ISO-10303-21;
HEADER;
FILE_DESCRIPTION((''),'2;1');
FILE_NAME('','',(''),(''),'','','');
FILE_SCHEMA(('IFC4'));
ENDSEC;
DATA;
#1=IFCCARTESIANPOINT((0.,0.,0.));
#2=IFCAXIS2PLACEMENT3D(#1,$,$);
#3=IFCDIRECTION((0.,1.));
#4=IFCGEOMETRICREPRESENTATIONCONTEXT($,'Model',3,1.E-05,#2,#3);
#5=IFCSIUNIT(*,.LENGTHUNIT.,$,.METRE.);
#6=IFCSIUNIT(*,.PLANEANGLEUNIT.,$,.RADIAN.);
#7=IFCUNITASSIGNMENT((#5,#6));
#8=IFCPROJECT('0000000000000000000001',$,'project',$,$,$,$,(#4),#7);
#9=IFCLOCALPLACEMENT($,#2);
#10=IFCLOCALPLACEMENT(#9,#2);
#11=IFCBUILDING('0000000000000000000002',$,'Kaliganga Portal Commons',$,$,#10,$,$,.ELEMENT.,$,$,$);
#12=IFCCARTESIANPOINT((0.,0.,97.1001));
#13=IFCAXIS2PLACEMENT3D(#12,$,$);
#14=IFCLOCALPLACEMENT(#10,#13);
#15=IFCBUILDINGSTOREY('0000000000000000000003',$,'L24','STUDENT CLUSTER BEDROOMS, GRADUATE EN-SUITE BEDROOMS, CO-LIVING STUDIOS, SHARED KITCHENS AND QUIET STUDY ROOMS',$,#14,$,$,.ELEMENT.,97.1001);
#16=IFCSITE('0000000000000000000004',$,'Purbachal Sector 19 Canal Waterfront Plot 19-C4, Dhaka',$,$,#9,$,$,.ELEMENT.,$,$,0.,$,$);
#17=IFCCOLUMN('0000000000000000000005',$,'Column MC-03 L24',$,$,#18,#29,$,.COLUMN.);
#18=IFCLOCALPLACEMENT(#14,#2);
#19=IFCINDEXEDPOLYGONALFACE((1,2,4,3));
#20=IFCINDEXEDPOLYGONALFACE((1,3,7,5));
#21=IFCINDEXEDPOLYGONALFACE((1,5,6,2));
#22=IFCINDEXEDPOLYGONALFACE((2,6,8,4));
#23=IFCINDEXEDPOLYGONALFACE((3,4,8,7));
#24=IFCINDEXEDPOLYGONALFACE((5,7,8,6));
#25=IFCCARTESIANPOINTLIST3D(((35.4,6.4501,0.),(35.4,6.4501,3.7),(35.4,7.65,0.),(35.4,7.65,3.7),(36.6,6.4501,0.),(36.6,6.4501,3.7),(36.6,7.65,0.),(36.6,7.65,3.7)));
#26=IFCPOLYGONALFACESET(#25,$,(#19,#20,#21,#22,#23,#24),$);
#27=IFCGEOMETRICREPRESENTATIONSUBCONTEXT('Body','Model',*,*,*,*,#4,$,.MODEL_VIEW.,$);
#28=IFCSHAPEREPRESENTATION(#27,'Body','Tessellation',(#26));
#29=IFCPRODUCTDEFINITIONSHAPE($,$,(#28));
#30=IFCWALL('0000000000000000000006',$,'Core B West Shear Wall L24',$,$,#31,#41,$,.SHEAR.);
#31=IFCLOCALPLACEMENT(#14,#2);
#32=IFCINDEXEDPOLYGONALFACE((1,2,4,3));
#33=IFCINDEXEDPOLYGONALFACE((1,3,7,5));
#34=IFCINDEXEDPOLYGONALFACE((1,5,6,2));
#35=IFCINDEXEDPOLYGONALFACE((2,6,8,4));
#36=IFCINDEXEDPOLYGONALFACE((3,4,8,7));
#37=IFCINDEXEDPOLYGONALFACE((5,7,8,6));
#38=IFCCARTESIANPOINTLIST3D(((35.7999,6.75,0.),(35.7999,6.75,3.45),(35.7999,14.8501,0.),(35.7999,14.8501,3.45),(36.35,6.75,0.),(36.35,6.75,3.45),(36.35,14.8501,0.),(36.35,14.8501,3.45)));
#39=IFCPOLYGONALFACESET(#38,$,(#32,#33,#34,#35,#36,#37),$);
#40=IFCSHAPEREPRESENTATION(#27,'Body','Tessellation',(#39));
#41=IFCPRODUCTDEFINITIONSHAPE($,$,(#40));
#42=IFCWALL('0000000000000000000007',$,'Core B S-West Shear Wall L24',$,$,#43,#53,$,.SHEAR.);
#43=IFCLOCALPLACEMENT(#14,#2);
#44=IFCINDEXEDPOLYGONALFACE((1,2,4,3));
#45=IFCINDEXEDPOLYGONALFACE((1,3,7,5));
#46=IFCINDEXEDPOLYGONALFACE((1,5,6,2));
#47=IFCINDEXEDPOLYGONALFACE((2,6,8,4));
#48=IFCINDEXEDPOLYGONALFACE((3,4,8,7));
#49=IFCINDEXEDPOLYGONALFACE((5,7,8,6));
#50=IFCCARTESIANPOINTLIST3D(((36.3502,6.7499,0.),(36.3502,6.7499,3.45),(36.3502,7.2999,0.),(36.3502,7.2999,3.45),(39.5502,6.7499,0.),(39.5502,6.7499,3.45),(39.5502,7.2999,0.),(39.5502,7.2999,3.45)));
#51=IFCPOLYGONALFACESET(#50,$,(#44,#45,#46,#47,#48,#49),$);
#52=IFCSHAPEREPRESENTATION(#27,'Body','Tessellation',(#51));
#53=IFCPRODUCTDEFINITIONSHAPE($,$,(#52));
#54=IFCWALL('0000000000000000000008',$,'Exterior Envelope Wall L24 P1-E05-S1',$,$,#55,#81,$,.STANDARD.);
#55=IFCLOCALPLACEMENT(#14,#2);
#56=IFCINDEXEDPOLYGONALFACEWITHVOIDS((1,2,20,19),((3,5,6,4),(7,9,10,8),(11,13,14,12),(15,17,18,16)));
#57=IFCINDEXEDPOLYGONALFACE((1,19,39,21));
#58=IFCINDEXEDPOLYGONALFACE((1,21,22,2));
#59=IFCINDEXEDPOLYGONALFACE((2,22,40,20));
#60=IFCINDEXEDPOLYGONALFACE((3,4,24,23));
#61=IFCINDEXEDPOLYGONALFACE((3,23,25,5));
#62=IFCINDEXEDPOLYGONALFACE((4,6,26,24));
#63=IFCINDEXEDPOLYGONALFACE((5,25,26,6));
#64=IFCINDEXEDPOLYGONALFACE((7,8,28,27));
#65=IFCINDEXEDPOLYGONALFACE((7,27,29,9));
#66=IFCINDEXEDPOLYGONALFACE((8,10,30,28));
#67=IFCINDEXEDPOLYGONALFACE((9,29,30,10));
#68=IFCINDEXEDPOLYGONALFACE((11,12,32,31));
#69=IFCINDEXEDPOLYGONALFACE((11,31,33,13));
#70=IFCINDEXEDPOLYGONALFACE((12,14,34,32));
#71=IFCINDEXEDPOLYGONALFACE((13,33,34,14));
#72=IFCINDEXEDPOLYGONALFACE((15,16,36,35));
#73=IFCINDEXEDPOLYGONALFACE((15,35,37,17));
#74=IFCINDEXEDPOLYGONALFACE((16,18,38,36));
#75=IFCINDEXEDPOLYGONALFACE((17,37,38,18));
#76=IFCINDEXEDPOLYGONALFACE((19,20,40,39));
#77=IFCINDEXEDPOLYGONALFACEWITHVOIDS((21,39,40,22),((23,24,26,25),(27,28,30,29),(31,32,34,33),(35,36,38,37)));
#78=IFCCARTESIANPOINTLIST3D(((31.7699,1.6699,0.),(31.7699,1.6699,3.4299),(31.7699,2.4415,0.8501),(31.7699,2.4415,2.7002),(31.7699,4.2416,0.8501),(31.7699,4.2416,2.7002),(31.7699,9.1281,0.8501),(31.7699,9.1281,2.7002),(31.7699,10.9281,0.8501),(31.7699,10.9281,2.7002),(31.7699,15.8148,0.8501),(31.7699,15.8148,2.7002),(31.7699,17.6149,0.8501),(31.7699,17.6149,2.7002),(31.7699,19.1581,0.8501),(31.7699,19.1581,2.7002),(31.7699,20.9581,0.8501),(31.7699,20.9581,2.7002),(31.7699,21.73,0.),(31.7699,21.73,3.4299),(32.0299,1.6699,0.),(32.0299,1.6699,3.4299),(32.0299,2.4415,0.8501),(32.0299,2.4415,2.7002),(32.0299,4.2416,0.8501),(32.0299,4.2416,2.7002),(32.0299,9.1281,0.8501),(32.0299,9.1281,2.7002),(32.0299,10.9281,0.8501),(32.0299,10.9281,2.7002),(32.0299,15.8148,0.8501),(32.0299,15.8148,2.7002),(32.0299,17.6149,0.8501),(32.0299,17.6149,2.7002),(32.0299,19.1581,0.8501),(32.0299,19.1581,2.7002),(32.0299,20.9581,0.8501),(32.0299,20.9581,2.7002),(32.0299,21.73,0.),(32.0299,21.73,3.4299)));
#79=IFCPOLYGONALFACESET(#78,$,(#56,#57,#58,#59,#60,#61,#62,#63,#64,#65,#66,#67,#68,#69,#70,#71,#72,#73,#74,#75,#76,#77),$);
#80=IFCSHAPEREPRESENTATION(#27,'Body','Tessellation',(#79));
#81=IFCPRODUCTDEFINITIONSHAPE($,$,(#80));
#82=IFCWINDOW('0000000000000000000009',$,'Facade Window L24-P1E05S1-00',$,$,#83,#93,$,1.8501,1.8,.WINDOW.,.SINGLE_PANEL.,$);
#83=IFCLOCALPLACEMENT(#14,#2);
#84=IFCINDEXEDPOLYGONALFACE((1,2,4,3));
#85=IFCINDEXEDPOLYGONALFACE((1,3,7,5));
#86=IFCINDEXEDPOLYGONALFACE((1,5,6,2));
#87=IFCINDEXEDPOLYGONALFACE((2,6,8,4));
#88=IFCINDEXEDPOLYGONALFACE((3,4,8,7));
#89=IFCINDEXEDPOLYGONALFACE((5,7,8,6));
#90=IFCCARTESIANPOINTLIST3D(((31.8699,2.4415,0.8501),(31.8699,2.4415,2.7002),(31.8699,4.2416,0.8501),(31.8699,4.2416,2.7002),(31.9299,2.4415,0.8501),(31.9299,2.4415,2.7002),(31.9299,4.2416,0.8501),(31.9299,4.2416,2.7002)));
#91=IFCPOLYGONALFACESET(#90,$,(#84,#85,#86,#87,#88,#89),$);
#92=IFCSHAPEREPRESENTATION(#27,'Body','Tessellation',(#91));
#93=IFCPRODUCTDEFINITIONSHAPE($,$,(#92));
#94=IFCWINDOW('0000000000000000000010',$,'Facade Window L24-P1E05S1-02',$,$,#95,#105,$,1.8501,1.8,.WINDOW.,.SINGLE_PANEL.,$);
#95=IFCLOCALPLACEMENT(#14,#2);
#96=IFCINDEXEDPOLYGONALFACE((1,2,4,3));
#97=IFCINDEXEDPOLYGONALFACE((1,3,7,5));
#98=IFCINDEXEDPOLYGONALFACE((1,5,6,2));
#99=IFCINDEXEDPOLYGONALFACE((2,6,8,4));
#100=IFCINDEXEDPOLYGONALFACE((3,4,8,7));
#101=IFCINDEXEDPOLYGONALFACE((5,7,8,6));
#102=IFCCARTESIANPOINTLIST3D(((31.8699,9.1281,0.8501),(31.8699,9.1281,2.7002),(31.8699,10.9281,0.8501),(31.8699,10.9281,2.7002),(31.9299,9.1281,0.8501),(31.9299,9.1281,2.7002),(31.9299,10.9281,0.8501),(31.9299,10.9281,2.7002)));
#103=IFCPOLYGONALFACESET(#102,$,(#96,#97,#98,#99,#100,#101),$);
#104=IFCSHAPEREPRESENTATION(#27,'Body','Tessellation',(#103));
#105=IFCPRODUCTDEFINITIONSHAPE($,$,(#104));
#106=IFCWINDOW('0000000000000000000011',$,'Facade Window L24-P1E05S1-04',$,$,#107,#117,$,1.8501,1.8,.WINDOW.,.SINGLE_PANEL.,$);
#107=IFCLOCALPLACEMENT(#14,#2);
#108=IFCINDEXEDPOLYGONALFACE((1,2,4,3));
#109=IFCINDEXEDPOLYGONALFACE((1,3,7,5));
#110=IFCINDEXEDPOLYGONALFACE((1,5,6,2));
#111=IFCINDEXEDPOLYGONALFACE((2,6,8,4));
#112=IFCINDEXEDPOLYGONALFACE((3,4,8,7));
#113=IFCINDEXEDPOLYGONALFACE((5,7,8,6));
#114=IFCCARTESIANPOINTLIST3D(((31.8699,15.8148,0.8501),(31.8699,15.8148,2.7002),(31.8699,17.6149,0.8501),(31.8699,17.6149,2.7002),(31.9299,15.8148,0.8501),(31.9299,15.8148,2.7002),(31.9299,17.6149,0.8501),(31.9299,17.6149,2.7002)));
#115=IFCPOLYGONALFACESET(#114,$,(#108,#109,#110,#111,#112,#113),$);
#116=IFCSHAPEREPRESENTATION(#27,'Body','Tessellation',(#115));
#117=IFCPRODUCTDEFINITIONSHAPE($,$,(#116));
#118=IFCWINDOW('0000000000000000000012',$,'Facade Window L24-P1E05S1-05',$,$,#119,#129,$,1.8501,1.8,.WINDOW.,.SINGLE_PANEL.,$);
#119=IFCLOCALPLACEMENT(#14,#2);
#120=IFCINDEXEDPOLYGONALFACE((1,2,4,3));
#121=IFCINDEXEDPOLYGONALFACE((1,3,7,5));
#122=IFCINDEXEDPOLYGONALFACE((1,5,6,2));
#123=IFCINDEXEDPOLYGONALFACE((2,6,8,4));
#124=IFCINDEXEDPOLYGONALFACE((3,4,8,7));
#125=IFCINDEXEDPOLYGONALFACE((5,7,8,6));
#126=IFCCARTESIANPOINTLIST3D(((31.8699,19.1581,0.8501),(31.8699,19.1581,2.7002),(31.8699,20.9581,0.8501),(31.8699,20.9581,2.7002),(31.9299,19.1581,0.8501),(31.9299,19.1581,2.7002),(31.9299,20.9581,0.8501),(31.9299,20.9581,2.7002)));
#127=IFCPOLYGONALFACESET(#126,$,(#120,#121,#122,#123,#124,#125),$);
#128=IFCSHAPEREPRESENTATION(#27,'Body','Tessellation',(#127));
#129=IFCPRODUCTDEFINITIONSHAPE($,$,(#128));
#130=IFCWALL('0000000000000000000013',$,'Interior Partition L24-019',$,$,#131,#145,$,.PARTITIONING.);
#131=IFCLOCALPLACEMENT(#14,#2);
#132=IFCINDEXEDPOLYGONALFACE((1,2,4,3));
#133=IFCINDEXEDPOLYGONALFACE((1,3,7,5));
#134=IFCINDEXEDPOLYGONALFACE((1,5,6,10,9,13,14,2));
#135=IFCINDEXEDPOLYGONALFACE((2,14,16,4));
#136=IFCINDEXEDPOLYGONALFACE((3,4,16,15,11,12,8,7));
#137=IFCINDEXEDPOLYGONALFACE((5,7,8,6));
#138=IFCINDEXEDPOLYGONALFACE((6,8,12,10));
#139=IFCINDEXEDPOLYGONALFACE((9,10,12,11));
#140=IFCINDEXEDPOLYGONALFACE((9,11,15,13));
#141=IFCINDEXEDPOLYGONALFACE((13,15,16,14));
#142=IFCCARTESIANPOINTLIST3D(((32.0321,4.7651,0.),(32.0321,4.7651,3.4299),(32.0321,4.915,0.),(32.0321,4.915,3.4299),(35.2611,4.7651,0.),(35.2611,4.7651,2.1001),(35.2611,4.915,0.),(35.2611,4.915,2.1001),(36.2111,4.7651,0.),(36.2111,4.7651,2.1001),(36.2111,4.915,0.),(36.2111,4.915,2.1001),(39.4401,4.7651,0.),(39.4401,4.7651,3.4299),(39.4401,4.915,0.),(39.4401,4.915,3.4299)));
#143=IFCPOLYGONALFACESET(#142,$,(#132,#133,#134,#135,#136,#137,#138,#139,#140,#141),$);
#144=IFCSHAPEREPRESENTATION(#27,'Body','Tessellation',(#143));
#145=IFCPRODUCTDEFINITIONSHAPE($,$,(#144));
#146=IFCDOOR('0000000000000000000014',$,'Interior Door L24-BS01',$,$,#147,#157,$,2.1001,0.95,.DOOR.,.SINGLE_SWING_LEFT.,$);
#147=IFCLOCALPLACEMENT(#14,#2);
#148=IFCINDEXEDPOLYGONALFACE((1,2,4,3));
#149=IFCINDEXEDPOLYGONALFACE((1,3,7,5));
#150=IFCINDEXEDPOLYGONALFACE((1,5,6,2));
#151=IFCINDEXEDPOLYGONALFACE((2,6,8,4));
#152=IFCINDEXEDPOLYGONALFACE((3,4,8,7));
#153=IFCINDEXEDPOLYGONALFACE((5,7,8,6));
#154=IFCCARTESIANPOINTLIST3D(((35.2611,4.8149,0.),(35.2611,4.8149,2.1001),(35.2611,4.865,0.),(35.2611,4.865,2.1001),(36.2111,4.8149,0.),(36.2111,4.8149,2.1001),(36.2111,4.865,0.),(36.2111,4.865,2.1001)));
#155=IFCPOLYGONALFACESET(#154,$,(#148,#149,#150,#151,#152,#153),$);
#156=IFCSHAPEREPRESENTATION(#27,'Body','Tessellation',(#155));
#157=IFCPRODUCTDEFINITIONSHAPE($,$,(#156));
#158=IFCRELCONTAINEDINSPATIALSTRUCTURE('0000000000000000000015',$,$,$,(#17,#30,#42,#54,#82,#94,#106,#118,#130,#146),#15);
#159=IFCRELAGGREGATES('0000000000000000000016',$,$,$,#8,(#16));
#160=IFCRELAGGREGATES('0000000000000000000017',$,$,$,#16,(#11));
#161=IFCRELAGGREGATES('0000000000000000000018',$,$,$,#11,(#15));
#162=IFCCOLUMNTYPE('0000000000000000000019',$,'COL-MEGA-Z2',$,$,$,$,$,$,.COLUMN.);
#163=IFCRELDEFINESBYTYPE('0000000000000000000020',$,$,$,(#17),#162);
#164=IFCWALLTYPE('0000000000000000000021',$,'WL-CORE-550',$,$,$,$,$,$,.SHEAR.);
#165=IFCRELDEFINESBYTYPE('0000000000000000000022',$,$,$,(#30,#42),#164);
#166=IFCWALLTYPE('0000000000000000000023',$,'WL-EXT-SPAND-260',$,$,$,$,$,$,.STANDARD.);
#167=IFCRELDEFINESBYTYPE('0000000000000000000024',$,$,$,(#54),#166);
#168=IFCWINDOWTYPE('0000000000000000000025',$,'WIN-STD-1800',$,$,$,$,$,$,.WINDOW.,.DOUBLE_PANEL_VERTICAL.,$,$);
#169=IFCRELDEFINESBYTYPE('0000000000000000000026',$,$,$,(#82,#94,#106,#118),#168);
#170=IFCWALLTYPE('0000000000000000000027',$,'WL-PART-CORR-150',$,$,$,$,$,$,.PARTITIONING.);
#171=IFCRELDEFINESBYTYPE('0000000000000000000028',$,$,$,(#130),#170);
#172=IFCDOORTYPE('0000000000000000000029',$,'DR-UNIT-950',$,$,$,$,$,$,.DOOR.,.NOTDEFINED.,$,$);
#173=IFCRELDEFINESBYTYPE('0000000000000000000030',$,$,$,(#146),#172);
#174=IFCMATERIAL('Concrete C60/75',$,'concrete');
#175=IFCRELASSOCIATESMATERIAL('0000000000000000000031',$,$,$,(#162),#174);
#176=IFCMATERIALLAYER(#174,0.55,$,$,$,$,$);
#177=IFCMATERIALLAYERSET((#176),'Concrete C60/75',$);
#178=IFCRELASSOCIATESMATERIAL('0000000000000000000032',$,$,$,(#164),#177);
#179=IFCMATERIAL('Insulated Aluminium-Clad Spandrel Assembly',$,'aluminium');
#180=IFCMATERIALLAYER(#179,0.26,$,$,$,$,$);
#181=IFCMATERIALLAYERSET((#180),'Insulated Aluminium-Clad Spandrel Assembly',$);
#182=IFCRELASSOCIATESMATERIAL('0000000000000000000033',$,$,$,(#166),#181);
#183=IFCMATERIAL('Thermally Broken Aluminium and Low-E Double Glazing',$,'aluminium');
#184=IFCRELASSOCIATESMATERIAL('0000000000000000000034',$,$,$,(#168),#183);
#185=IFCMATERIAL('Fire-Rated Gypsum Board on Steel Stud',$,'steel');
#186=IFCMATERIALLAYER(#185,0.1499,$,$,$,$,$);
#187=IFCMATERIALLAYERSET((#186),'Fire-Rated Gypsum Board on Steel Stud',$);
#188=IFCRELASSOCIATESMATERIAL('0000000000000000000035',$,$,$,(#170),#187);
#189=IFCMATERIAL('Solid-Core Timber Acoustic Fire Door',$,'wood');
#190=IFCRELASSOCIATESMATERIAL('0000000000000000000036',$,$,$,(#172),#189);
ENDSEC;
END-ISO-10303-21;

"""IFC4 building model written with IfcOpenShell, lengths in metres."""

from ifc_helpers import new_model, si_unit, direction, frame, frame_2d, origin, origin_2d, place, context, subcontext, project, spatial, rectangle, extrude, source, transform, mapped, material, layer, layer_set, material_profile, profile_set, type_object, element, fill, save


model = new_model("IFC4")

# Units and contexts
model_context = context("Model", 3, precision=1e-05, world=origin(), true_north=direction((0.0, 1.0)))
body_context = subcontext(model_context, "Body", "Model", "MODEL_VIEW")
ifc_project = project(units=[si_unit("LENGTHUNIT", "METRE"), si_unit("PLANEANGLEUNIT", "RADIAN")], contexts=[model_context])

# Site, building, storey
site_placement = place(None, origin())
site = spatial("IfcSite", under=ifc_project, at=site_placement, Name="Purbachal Sector 19 Canal Waterfront Plot 19-C4, Dhaka", CompositionType="ELEMENT", RefElevation=0.0)
building_placement = place(site_placement, origin())
building = spatial("IfcBuilding", under=site, at=building_placement, Name="Kaliganga Portal Commons", CompositionType="ELEMENT")
storey_placement = place(building_placement, frame((0.0, 0.0, 97.1001)))
storey = spatial("IfcBuildingStorey", under=building, at=storey_placement, Name="L24", Description="STUDENT CLUSTER BEDROOMS, GRADUATE EN-SUITE BEDROOMS, CO-LIVING STUDIOS, SHARED KITCHENS AND QUIET STUDY ROOMS", CompositionType="ELEMENT", Elevation=97.1001)

# Column
ifc_material_1 = material(Name="Concrete C60/75", Category="concrete")
ifc_material_profile = material_profile(ifc_material_1, rectangle(XDim=1.2, YDim=1.2, at=origin_2d()), Name="RC 1200x1200")
ifc_profile_set = profile_set([ifc_material_profile], Name="Concrete C60/75")
column_type = type_object("IfcColumnType", Name="COL-MEGA-Z2", PredefinedType="COLUMN", material=ifc_profile_set)
shared_shape = source(origin(), body_context, "Body", "SweptSolid", [
    extrude(rectangle(XDim=1.2, YDim=1.2, at=origin_2d()), origin(), (0.0, 0.0, 1.0), 3.7),
])
column_placement = place(storey_placement, frame((36.0, 7.05, 0.0), z_axis=(0.0, 0.0, 1.0), x_axis=(1.0, 0.0, 0.0)))
element("IfcColumn", 1, at=column_placement, inside=storey, type_object=column_type, Name="Column MC-03 L24", PredefinedType="COLUMN", context=body_context, shape_type="MappedRepresentation", body=[
    mapped(shared_shape, transform((0.0, 0.0, 0.0), x_axis=(1.0, 0.0, 0.0), y_axis=(0.0, 1.0, 0.0), z_axis=(0.0, 0.0, 1.0), scale=1.0)),
])

# Walls
ifc_layer_1 = layer(ifc_material_1, 0.55)
ifc_layer_set_1 = layer_set([ifc_layer_1], Name="Concrete C60/75")
wall_type_1 = type_object("IfcWallType", Name="WL-CORE-550", PredefinedType="SHEAR", material=ifc_layer_set_1)
wall_1_placement = place(storey_placement, frame((36.075, 6.75, 0.0), z_axis=(0.0, 0.0, 1.0), x_axis=(0.0, 1.0, 0.0)))
element("IfcWall", 2, at=wall_1_placement, inside=storey, type_object=wall_type_1, Name="Core B West Shear Wall L24", PredefinedType="SHEAR", context=body_context, shape_type="SweptSolid", body=[
    extrude(rectangle(XDim=8.1001, YDim=0.55, at=frame_2d((4.05, 0.0))), origin(), (0.0, 0.0, 1.0), 3.45),
])
wall_2_placement = place(storey_placement, frame((36.3501, 7.0249, 0.0), z_axis=(0.0, 0.0, 1.0), x_axis=(1.0, 0.0, 0.0)))
element("IfcWall", 3, at=wall_2_placement, inside=storey, type_object=wall_type_1, Name="Core B S-West Shear Wall L24", PredefinedType="SHEAR", context=body_context, shape_type="SweptSolid", body=[
    extrude(rectangle(XDim=3.2, YDim=0.55, at=frame_2d((1.6001, 0.0))), origin(), (0.0, 0.0, 1.0), 3.45),
])

# Wall, openings, windows
ifc_material_2 = material(Name="Insulated Aluminium-Clad Spandrel Assembly", Category="aluminium")
ifc_layer_2 = layer(ifc_material_2, 0.26)
ifc_layer_set_2 = layer_set([ifc_layer_2], Name="Insulated Aluminium-Clad Spandrel Assembly")
wall_type_2 = type_object("IfcWallType", Name="WL-EXT-SPAND-260", PredefinedType="STANDARD", material=ifc_layer_set_2)
wall_3_placement = place(storey_placement, frame((31.8999, 1.6699, 0.0), z_axis=(0.0, 0.0, 1.0), x_axis=(0.0, 1.0, 0.0)))
wall_3 = element("IfcWall", 4, at=wall_3_placement, inside=storey, type_object=wall_type_2, Name="Exterior Envelope Wall L24 P1-E05-S1", PredefinedType="STANDARD", context=body_context, shape_type="SweptSolid", body=[
    extrude(rectangle(XDim=20.0601, YDim=0.26, at=frame_2d((10.03, 0.0))), origin(), (0.0, 0.0, 1.0), 3.4299),
])
opening_1_placement = place(wall_3_placement, frame((0.7717, 0.0, 0.8501)))
opening_1 = element("IfcOpeningElement", 5, at=opening_1_placement, cuts=wall_3, PredefinedType="OPENING", context=body_context, shape_type="SweptSolid", body=[
    extrude(rectangle(XDim=1.8, YDim=1.8501, at=frame_2d((0.8999, 0.925))), frame((0.0, 0.1401, 0.0), z_axis=(0.0, -1.0, 0.0), x_axis=(1.0, 0.0, 0.0)), (0.0, 0.0, 1.0), 0.28),
])
opening_2_placement = place(wall_3_placement, frame((7.4583, 0.0, 0.8501)))
opening_2 = element("IfcOpeningElement", 6, at=opening_2_placement, cuts=wall_3, PredefinedType="OPENING", context=body_context, shape_type="SweptSolid", body=[
    extrude(rectangle(XDim=1.8, YDim=1.8501, at=frame_2d((0.8999, 0.925))), frame((0.0, 0.1401, 0.0), z_axis=(0.0, -1.0, 0.0), x_axis=(1.0, 0.0, 0.0)), (0.0, 0.0, 1.0), 0.28),
])
opening_3_placement = place(wall_3_placement, frame((14.145, 0.0, 0.8501)))
opening_3 = element("IfcOpeningElement", 7, at=opening_3_placement, cuts=wall_3, PredefinedType="OPENING", context=body_context, shape_type="SweptSolid", body=[
    extrude(rectangle(XDim=1.8, YDim=1.8501, at=frame_2d((0.8999, 0.925))), frame((0.0, 0.1401, 0.0), z_axis=(0.0, -1.0, 0.0), x_axis=(1.0, 0.0, 0.0)), (0.0, 0.0, 1.0), 0.28),
])
opening_4_placement = place(wall_3_placement, frame((17.4883, 0.0, 0.8501)))
opening_4 = element("IfcOpeningElement", 8, at=opening_4_placement, cuts=wall_3, PredefinedType="OPENING", context=body_context, shape_type="SweptSolid", body=[
    extrude(rectangle(XDim=1.8, YDim=1.8501, at=frame_2d((0.8999, 0.925))), frame((0.0, 0.1401, 0.0), z_axis=(0.0, -1.0, 0.0), x_axis=(1.0, 0.0, 0.0)), (0.0, 0.0, 1.0), 0.28),
])
ifc_material_3 = material(Name="Thermally Broken Aluminium and Low-E Double Glazing", Category="aluminium")
window_type = type_object("IfcWindowType", Name="WIN-STD-1800", PartitioningType="DOUBLE_PANEL_VERTICAL", PredefinedType="WINDOW", material=ifc_material_3)
window_1_placement = place(opening_1_placement, origin())
window_1 = element("IfcWindow", 9, at=window_1_placement, inside=storey, type_object=window_type, Name="Facade Window L24-P1E05S1-00", OverallHeight=1.8501, OverallWidth=1.8, PartitioningType="SINGLE_PANEL", PredefinedType="WINDOW", context=body_context, shape_type="SweptSolid", body=[
    extrude(rectangle(XDim=1.8, YDim=1.8501, at=frame_2d((0.8999, 0.925))), frame((0.0, 0.03, 0.0), z_axis=(0.0, -1.0, 0.0), x_axis=(1.0, 0.0, 0.0)), (0.0, 0.0, 1.0), 0.0601),
])
fill(opening_1, window_1)
window_2_placement = place(opening_2_placement, origin())
window_2 = element("IfcWindow", 10, at=window_2_placement, inside=storey, type_object=window_type, Name="Facade Window L24-P1E05S1-02", OverallHeight=1.8501, OverallWidth=1.8, PartitioningType="SINGLE_PANEL", PredefinedType="WINDOW", context=body_context, shape_type="SweptSolid", body=[
    extrude(rectangle(XDim=1.8, YDim=1.8501, at=frame_2d((0.8999, 0.925))), frame((0.0, 0.03, 0.0), z_axis=(0.0, -1.0, 0.0), x_axis=(1.0, 0.0, 0.0)), (0.0, 0.0, 1.0), 0.0601),
])
fill(opening_2, window_2)
window_3_placement = place(opening_3_placement, origin())
window_3 = element("IfcWindow", 11, at=window_3_placement, inside=storey, type_object=window_type, Name="Facade Window L24-P1E05S1-04", OverallHeight=1.8501, OverallWidth=1.8, PartitioningType="SINGLE_PANEL", PredefinedType="WINDOW", context=body_context, shape_type="SweptSolid", body=[
    extrude(rectangle(XDim=1.8, YDim=1.8501, at=frame_2d((0.8999, 0.925))), frame((0.0, 0.03, 0.0), z_axis=(0.0, -1.0, 0.0), x_axis=(1.0, 0.0, 0.0)), (0.0, 0.0, 1.0), 0.0601),
])
fill(opening_3, window_3)
window_4_placement = place(opening_4_placement, origin())
window_4 = element("IfcWindow", 12, at=window_4_placement, inside=storey, type_object=window_type, Name="Facade Window L24-P1E05S1-05", OverallHeight=1.8501, OverallWidth=1.8, PartitioningType="SINGLE_PANEL", PredefinedType="WINDOW", context=body_context, shape_type="SweptSolid", body=[
    extrude(rectangle(XDim=1.8, YDim=1.8501, at=frame_2d((0.8999, 0.925))), frame((0.0, 0.03, 0.0), z_axis=(0.0, -1.0, 0.0), x_axis=(1.0, 0.0, 0.0)), (0.0, 0.0, 1.0), 0.0601),
])
fill(opening_4, window_4)

# Wall, opening, door
ifc_material_4 = material(Name="Fire-Rated Gypsum Board on Steel Stud", Category="steel")
ifc_layer_3 = layer(ifc_material_4, 0.1499)
ifc_layer_set_3 = layer_set([ifc_layer_3], Name="Fire-Rated Gypsum Board on Steel Stud")
wall_type_3 = type_object("IfcWallType", Name="WL-PART-CORR-150", PredefinedType="PARTITIONING", material=ifc_layer_set_3)
wall_4_placement = place(storey_placement, frame((32.032, 4.8401, 0.0), z_axis=(0.0, 0.0, 1.0), x_axis=(1.0, 0.0, 0.0)))
wall_4 = element("IfcWall", 13, at=wall_4_placement, inside=storey, type_object=wall_type_3, Name="Interior Partition L24-019", PredefinedType="PARTITIONING", context=body_context, shape_type="SweptSolid", body=[
    extrude(rectangle(XDim=7.408, YDim=0.1499, at=frame_2d((3.7041, 0.0))), origin(), (0.0, 0.0, 1.0), 3.4299),
])
opening_5_placement = place(wall_4_placement, frame((3.229, 0.0, 0.0)))
opening_5 = element("IfcOpeningElement", 14, at=opening_5_placement, cuts=wall_4, PredefinedType="OPENING", context=body_context, shape_type="SweptSolid", body=[
    extrude(rectangle(XDim=0.95, YDim=2.1001, at=frame_2d((0.4751, 1.05))), frame((0.0, 0.085, 0.0), z_axis=(0.0, -1.0, 0.0), x_axis=(1.0, 0.0, 0.0)), (0.0, 0.0, 1.0), 0.1699),
])
ifc_material_5 = material(Name="Solid-Core Timber Acoustic Fire Door", Category="wood")
door_type_1 = type_object("IfcDoorType", Name="DR-UNIT-950", OperationType="NOTDEFINED", PredefinedType="DOOR", material=ifc_material_5)
door_1_placement = place(opening_5_placement, origin())
door_1 = element("IfcDoor", 15, at=door_1_placement, inside=storey, type_object=door_type_1, Name="Interior Door L24-BS01", OperationType="SINGLE_SWING_LEFT", OverallHeight=2.1001, OverallWidth=0.95, PredefinedType="DOOR", context=body_context, shape_type="SweptSolid", body=[
    extrude(rectangle(XDim=0.95, YDim=2.1001, at=frame_2d((0.4751, 1.05))), frame((0.0, 0.0249, 0.0), z_axis=(0.0, -1.0, 0.0), x_axis=(1.0, 0.0, 0.0)), (0.0, 0.0, 1.0), 0.05),
])
fill(opening_5, door_1)

save(model, "model.ifc")
